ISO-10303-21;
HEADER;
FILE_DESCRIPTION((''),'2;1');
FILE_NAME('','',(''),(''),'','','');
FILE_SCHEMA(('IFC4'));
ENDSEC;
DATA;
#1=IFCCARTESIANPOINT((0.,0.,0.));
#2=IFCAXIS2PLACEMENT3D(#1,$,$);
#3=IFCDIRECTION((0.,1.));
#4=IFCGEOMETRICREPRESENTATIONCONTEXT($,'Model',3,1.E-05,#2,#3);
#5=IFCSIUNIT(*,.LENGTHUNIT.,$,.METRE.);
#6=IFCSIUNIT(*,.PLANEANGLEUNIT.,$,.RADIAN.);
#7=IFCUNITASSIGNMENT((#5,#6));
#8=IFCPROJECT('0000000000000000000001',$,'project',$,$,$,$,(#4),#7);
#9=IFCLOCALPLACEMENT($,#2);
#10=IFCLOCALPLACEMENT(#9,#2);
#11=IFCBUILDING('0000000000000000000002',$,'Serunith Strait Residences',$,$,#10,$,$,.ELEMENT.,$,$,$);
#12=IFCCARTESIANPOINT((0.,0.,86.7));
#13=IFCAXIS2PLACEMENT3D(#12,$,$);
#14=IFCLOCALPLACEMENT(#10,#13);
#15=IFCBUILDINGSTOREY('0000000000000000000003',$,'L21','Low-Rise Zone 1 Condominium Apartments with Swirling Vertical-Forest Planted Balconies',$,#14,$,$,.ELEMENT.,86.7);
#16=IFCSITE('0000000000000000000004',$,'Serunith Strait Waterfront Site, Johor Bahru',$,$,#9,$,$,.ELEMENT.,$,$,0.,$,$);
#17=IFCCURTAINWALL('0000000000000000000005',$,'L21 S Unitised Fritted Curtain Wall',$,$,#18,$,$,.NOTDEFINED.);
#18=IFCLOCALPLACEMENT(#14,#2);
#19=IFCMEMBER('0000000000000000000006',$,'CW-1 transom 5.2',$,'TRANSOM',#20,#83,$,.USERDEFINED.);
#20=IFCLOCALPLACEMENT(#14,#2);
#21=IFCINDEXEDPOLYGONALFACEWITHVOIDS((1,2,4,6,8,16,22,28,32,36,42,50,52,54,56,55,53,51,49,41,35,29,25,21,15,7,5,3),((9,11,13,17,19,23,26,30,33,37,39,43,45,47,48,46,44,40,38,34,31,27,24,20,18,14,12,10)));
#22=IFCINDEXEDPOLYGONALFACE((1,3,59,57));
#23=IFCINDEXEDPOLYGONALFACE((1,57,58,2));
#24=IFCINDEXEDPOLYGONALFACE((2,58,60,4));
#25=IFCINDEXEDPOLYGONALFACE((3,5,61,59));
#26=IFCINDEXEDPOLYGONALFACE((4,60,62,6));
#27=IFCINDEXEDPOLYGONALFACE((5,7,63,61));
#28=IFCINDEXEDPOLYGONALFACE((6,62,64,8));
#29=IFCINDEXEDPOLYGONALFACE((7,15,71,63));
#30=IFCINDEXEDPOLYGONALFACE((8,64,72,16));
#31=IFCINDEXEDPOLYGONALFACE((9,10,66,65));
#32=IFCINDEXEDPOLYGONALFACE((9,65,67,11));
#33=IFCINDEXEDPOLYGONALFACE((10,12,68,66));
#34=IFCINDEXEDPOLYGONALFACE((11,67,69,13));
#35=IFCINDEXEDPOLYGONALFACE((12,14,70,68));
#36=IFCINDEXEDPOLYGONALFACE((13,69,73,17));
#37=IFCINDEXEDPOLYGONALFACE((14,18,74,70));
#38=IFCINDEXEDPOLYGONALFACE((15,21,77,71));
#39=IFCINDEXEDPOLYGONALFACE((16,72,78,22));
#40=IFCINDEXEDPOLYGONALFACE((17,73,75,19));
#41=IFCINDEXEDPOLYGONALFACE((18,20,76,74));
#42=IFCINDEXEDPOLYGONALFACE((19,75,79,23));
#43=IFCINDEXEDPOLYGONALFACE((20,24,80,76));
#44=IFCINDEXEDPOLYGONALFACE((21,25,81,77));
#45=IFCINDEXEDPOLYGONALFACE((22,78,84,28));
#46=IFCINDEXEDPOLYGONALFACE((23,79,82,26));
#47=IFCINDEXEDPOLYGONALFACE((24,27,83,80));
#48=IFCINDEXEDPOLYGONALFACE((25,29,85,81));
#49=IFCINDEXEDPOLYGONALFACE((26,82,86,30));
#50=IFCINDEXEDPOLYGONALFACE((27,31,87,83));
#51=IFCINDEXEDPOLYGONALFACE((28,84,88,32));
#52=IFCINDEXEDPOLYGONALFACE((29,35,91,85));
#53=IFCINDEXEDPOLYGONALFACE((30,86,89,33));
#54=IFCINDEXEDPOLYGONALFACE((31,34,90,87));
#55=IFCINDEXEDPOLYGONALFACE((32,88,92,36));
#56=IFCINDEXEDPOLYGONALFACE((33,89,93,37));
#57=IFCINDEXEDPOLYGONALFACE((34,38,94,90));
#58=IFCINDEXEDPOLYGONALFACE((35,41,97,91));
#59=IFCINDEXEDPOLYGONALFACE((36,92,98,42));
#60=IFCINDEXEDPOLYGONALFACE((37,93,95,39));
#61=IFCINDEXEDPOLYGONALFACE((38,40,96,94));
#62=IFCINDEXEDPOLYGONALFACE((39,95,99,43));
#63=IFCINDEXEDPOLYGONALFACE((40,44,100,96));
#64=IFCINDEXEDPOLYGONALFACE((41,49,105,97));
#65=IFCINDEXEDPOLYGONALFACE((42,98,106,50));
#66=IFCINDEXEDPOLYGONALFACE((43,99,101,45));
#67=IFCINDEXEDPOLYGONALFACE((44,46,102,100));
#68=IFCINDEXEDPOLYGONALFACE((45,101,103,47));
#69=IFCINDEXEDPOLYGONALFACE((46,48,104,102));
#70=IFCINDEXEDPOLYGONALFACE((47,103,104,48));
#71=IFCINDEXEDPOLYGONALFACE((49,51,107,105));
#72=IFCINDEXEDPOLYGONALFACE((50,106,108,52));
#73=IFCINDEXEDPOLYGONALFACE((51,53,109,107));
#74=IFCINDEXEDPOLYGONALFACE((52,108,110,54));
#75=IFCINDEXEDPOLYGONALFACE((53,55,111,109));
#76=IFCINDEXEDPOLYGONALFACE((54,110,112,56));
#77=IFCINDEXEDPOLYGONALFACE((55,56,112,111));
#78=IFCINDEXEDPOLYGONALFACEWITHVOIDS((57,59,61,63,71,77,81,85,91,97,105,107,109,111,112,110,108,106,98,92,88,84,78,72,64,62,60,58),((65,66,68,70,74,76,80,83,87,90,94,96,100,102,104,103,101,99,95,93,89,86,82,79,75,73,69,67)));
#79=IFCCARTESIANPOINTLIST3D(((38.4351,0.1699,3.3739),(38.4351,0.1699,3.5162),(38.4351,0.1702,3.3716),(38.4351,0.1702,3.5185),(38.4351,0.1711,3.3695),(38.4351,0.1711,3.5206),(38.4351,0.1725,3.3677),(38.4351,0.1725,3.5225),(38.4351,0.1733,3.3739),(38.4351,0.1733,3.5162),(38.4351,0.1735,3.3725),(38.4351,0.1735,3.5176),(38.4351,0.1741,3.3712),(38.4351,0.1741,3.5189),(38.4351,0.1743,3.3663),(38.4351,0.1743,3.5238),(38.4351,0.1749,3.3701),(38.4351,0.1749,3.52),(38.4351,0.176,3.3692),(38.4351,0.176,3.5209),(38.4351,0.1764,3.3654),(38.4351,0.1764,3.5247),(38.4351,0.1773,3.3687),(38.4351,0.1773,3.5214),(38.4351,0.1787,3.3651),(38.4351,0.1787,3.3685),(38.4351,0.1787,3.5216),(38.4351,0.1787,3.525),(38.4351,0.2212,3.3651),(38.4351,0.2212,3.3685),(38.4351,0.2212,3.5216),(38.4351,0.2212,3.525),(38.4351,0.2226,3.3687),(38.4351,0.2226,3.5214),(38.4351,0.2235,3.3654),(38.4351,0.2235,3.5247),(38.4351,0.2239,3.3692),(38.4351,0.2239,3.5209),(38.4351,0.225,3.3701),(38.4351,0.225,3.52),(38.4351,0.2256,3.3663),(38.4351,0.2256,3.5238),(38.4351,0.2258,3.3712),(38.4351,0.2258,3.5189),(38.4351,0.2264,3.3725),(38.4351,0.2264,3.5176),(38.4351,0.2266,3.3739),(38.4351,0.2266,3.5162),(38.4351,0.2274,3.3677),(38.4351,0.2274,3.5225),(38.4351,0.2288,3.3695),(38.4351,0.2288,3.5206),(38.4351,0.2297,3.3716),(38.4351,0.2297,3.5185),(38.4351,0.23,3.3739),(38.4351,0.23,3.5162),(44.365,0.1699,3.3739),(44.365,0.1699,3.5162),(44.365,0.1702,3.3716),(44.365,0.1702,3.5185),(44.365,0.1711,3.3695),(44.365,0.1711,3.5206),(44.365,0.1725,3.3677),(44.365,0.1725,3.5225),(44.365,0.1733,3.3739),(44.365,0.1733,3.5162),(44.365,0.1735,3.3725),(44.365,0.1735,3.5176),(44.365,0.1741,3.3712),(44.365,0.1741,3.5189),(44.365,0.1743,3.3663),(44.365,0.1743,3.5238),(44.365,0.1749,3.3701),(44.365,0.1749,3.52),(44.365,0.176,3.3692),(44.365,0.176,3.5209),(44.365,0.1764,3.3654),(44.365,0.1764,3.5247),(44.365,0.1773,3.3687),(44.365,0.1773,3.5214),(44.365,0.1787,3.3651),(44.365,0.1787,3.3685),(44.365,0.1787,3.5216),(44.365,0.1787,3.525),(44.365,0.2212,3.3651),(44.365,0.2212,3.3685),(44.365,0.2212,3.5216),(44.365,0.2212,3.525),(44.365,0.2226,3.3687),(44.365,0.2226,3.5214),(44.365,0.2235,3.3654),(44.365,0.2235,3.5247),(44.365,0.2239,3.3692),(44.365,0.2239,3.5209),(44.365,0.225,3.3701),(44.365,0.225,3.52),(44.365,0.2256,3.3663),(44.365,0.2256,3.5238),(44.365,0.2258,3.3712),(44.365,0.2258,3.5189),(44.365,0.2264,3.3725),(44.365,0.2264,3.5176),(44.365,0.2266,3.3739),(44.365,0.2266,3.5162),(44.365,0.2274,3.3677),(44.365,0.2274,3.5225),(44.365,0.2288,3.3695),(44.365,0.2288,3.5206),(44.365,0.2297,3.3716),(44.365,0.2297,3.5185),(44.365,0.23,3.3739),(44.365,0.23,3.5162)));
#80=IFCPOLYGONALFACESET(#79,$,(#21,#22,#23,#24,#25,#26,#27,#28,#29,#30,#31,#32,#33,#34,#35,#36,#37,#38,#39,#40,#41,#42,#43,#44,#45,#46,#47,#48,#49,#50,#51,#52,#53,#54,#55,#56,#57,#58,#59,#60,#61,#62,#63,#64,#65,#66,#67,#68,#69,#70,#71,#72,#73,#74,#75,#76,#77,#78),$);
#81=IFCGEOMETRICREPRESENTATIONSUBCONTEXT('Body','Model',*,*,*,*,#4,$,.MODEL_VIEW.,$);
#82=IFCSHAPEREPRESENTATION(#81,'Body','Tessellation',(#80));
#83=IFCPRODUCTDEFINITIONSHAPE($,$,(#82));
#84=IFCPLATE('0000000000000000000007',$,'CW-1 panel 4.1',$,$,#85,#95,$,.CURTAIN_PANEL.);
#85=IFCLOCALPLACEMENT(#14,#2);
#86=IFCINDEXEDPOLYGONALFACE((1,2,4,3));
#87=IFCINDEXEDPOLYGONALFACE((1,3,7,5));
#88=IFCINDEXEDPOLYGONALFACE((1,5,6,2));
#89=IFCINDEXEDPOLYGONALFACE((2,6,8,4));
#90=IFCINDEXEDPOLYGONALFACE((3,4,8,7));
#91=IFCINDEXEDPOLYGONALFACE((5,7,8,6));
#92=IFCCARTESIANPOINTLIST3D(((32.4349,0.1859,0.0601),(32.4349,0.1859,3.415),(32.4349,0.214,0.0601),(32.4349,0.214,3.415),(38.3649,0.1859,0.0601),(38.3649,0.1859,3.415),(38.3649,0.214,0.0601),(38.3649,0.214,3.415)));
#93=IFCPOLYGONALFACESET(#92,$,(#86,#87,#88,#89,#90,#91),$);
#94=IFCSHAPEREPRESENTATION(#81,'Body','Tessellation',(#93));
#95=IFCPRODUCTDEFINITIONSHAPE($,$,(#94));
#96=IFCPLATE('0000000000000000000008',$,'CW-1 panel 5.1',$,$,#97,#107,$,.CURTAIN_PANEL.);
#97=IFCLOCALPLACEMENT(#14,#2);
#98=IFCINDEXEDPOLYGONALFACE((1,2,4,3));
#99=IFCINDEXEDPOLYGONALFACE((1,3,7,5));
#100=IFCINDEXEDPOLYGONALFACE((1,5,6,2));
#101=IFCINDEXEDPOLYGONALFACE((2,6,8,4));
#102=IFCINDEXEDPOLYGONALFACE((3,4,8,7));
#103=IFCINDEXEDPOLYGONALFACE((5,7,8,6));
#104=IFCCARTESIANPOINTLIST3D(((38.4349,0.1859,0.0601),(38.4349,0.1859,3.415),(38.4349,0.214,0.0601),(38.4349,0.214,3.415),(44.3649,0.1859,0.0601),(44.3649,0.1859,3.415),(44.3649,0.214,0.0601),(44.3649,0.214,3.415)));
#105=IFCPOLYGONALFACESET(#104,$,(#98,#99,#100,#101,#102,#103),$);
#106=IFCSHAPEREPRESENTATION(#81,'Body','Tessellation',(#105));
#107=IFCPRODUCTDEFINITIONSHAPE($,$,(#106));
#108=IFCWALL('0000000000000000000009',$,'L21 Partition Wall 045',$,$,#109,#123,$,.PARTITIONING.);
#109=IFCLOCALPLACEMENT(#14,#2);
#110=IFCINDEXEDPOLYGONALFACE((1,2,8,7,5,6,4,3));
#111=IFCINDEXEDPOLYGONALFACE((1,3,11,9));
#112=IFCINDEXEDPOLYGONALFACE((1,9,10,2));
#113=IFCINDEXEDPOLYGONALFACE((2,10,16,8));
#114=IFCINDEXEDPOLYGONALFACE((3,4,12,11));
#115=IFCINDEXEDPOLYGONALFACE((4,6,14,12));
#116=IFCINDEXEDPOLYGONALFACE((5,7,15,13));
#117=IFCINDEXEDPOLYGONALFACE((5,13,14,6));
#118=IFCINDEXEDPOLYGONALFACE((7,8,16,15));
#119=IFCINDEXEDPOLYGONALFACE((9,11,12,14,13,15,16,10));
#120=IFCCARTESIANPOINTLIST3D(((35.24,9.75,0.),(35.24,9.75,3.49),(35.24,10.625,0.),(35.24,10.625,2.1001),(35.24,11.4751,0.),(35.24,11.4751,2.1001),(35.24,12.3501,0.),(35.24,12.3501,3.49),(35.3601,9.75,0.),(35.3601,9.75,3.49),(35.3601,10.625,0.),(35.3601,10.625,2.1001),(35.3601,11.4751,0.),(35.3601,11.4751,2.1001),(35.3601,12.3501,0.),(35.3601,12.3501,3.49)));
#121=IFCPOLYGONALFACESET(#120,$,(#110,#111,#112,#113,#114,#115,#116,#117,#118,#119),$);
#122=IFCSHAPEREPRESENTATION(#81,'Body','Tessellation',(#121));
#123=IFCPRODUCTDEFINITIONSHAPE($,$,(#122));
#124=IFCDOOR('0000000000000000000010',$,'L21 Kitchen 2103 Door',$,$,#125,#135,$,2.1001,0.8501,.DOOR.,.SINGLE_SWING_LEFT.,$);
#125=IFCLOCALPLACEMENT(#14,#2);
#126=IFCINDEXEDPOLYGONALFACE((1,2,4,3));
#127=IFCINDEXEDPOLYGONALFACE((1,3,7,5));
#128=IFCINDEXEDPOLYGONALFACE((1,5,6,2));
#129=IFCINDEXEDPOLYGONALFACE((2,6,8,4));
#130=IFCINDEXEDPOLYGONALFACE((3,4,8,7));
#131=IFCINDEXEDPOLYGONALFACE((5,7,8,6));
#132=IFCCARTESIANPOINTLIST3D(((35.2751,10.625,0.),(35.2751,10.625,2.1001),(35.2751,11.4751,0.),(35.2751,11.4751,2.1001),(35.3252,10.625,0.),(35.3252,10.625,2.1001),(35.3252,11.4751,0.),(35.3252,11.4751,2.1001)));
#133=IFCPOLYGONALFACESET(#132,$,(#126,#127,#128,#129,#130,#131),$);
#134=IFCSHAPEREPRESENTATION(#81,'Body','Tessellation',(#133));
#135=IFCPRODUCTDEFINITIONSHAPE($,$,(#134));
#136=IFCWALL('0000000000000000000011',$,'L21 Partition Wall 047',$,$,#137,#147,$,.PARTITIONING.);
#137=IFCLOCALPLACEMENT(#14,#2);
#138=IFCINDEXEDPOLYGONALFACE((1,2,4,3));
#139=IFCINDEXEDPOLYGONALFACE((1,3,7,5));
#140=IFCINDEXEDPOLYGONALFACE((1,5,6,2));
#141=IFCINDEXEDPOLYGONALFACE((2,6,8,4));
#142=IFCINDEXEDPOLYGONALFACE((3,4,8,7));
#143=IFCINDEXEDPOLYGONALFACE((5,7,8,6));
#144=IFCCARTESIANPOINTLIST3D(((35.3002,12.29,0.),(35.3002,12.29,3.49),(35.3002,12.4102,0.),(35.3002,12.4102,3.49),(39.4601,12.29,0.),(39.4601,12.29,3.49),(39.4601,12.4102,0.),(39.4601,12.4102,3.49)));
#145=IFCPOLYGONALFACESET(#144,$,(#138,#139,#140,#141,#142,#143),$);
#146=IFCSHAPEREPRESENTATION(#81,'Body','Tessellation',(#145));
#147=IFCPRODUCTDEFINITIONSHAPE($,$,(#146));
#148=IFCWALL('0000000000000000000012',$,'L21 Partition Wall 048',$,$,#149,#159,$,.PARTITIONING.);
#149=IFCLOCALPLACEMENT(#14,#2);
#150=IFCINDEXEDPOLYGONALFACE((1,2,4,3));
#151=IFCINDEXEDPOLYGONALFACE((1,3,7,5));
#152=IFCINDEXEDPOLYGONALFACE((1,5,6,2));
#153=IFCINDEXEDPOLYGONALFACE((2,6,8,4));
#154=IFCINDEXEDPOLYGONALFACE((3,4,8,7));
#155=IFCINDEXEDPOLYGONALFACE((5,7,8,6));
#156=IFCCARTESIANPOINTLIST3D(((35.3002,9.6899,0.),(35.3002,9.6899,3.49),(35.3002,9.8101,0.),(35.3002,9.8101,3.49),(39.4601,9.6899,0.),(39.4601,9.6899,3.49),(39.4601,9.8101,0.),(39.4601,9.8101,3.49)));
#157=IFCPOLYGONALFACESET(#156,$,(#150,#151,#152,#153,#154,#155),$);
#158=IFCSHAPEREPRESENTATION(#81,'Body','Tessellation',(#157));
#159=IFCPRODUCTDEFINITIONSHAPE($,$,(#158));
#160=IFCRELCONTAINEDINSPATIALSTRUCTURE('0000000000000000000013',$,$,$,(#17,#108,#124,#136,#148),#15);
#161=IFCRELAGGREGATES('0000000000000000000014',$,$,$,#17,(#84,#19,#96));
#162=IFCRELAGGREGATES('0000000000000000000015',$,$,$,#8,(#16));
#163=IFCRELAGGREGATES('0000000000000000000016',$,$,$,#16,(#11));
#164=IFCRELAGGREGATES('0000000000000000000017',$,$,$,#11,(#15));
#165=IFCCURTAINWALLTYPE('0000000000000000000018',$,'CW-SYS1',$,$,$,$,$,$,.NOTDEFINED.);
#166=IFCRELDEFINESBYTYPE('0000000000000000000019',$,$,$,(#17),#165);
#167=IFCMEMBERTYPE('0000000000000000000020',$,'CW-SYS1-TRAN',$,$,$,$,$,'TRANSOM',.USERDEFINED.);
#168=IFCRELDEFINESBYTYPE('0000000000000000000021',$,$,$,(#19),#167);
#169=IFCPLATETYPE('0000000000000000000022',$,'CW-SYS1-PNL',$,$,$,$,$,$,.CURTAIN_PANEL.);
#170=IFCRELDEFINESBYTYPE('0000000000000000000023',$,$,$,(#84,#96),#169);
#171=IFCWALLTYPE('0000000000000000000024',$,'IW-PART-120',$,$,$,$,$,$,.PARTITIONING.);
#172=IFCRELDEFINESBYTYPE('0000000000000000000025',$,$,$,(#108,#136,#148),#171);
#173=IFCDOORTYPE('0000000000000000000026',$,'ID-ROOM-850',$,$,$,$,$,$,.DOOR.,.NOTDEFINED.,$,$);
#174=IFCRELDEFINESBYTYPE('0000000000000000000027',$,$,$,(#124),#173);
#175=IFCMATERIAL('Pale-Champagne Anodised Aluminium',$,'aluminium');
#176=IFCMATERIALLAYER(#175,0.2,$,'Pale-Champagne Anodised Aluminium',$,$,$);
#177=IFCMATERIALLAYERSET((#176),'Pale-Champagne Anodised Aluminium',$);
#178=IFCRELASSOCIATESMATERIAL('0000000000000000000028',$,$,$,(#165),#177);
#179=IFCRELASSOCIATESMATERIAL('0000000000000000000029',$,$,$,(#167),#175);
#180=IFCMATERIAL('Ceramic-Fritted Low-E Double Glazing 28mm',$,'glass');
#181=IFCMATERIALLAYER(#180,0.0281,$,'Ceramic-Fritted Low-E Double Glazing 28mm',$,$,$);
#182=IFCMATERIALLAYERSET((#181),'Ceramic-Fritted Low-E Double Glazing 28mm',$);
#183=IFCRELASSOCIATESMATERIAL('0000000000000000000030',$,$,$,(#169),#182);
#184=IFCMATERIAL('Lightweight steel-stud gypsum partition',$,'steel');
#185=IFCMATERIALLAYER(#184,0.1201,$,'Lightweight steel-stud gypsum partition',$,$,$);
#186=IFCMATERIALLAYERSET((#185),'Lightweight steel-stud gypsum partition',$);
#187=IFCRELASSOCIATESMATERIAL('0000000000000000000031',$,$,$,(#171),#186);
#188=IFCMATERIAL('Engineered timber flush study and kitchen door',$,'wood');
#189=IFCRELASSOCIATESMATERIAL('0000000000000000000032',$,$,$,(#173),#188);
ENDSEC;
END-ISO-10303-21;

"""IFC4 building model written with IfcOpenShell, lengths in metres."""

from ifc_helpers import new_model, si_unit, direction, frame, frame_2d, origin, origin_2d, place, context, subcontext, project, spatial, rectangle, hollow_rectangle, extrude, source, transform, mapped, material, layer, layer_set, material_profile, profile_set, type_object, element, fill, aggregate, save


model = new_model("IFC4")

# Units and contexts
model_context = context("Model", 3, precision=1e-05, world=origin(), true_north=direction((0.0, 1.0)))
body_context = subcontext(model_context, "Body", "Model", "MODEL_VIEW")
ifc_project = project(units=[si_unit("LENGTHUNIT", "METRE"), si_unit("PLANEANGLEUNIT", "RADIAN")], contexts=[model_context])

# Site, building, storey
site_placement = place(None, origin())
site = spatial("IfcSite", under=ifc_project, at=site_placement, Name="Serunith Strait Waterfront Site, Johor Bahru", CompositionType="ELEMENT", RefElevation=0.0)
building_placement = place(site_placement, origin())
building = spatial("IfcBuilding", under=site, at=building_placement, Name="Serunith Strait Residences", CompositionType="ELEMENT")
storey_placement = place(building_placement, frame((0.0, 0.0, 86.7)))
storey = spatial("IfcBuildingStorey", under=building, at=storey_placement, Name="L21", Description="Low-Rise Zone 1 Condominium Apartments with Swirling Vertical-Forest Planted Balconies", CompositionType="ELEMENT", Elevation=86.7)

# Curtain wall, member, plates
ifc_material_1 = material(Name="Pale-Champagne Anodised Aluminium", Category="aluminium")
ifc_layer_1 = layer(ifc_material_1, 0.2, Name="Pale-Champagne Anodised Aluminium")
ifc_layer_set_1 = layer_set([ifc_layer_1], Name="Pale-Champagne Anodised Aluminium")
curtain_wall_type = type_object("IfcCurtainWallType", Name="CW-SYS1", PredefinedType="NOTDEFINED", material=ifc_layer_set_1)
curtain_wall_placement = place(storey_placement, origin())
curtain_wall = element("IfcCurtainWall", 1, at=curtain_wall_placement, inside=storey, type_object=curtain_wall_type, Name="L21 S Unitised Fritted Curtain Wall", PredefinedType="NOTDEFINED")
ifc_material_profile_1 = material_profile(ifc_material_1, hollow_rectangle(XDim=0.0601, YDim=0.1599, WallThickness=0.0034, InnerFilletRadius=0.0054, OuterFilletRadius=0.0088, at=origin_2d()), Name="ALU 160x60x3.5")
ifc_profile_set_1 = profile_set([ifc_material_profile_1], Name="Pale-Champagne Anodised Aluminium")
member_type_1 = type_object("IfcMemberType", Name="CW-SYS1-TRAN", ElementType="TRANSOM", PredefinedType="USERDEFINED", material=ifc_profile_set_1)
shared_shape_1 = source(origin(), body_context, "Body", "SweptSolid", [
    extrude(hollow_rectangle(XDim=0.0601, YDim=0.1599, WallThickness=0.0034, InnerFilletRadius=0.0054, OuterFilletRadius=0.0088, at=origin_2d()), origin(), (0.0, 0.0, 1.0), 5.9299),
])
member_1_placement = place(storey_placement, frame((38.4351, 0.2, 3.4451), z_axis=(1.0, 0.0, 0.0), x_axis=(0.0, 1.0, 0.0)))
member_1 = element("IfcMember", 2, at=member_1_placement, type_object=member_type_1, Name="CW-1 transom 5.2", ObjectType="TRANSOM", PredefinedType="USERDEFINED", context=body_context, shape_type="MappedRepresentation", body=[
    mapped(shared_shape_1, transform((0.0, 0.0, 0.0), scale=1.0)),
])
ifc_material_2 = material(Name="Ceramic-Fritted Low-E Double Glazing 28mm", Category="glass")
ifc_layer_2 = layer(ifc_material_2, 0.0281, Name="Ceramic-Fritted Low-E Double Glazing 28mm")
ifc_layer_set_2 = layer_set([ifc_layer_2], Name="Ceramic-Fritted Low-E Double Glazing 28mm")
plate_type = type_object("IfcPlateType", Name="CW-SYS1-PNL", PredefinedType="CURTAIN_PANEL", material=ifc_layer_set_2)
shared_shape_2 = source(origin(), body_context, "Body", "SweptSolid", [
    extrude(rectangle(XDim=5.9299, YDim=0.0281, at=origin_2d()), origin(), (0.0, 0.0, 1.0), 3.355),
])
plate_1_placement = place(storey_placement, frame((35.3999, 0.2, 0.0601), z_axis=(0.0, 0.0, 1.0), x_axis=(1.0, 0.0, 0.0)))
plate_1 = element("IfcPlate", 3, at=plate_1_placement, type_object=plate_type, Name="CW-1 panel 4.1", PredefinedType="CURTAIN_PANEL", context=body_context, shape_type="MappedRepresentation", body=[
    mapped(shared_shape_2, transform((0.0, 0.0, 0.0), scale=1.0)),
])
plate_2_placement = place(storey_placement, frame((41.3999, 0.2, 0.0601), z_axis=(0.0, 0.0, 1.0), x_axis=(1.0, 0.0, 0.0)))
plate_2 = element("IfcPlate", 4, at=plate_2_placement, type_object=plate_type, Name="CW-1 panel 5.1", PredefinedType="CURTAIN_PANEL", context=body_context, shape_type="MappedRepresentation", body=[
    mapped(shared_shape_2, transform((0.0, 0.0, 0.0), scale=1.0)),
])
aggregate(curtain_wall, [plate_1, member_1, plate_2])

# Wall, opening, door
ifc_material_3 = material(Name="Lightweight steel-stud gypsum partition", Category="steel")
ifc_layer_3 = layer(ifc_material_3, 0.1201, Name="Lightweight steel-stud gypsum partition")
ifc_layer_set_3 = layer_set([ifc_layer_3], Name="Lightweight steel-stud gypsum partition")
wall_type_1 = type_object("IfcWallType", Name="IW-PART-120", PredefinedType="PARTITIONING", material=ifc_layer_set_3)
wall_1_placement = place(storey_placement, frame((35.3, 9.75, 0.0), z_axis=(0.0, 0.0, 1.0), x_axis=(0.0, 1.0, 0.0)))
wall_1 = element("IfcWall", 5, at=wall_1_placement, inside=storey, type_object=wall_type_1, Name="L21 Partition Wall 045", PredefinedType="PARTITIONING", context=body_context, shape_type="SweptSolid", body=[
    extrude(rectangle(XDim=2.6001, YDim=0.1201, at=frame_2d((1.3, 0.0))), origin(), (0.0, 0.0, 1.0), 3.49),
])
opening_1_placement = place(wall_1_placement, frame((0.875, 0.0, 0.0)))
opening_1 = element("IfcOpeningElement", 6, at=opening_1_placement, cuts=wall_1, PredefinedType="OPENING", context=body_context, shape_type="SweptSolid", body=[
    extrude(rectangle(XDim=0.8501, YDim=2.1001, at=frame_2d((0.425, 1.05))), frame((0.0, 0.0701, 0.0), z_axis=(0.0, -1.0, 0.0), x_axis=(1.0, 0.0, 0.0)), (0.0, 0.0, 1.0), 0.1401),
])
ifc_material_4 = material(Name="Engineered timber flush study and kitchen door", Category="wood")
door_type = type_object("IfcDoorType", Name="ID-ROOM-850", OperationType="NOTDEFINED", PredefinedType="DOOR", material=ifc_material_4)
shared_shape_3 = source(origin(), body_context, "Body", "SweptSolid", [
    extrude(rectangle(XDim=0.8501, YDim=2.1001, at=frame_2d((0.425, 1.05))), frame((0.0, 0.0249, 0.0), z_axis=(0.0, -1.0, 0.0), x_axis=(1.0, 0.0, 0.0)), (0.0, 0.0, 1.0), 0.05),
])
door_1_placement = place(opening_1_placement, origin())
door_1 = element("IfcDoor", 7, at=door_1_placement, inside=storey, type_object=door_type, Name="L21 Kitchen 2103 Door", OperationType="SINGLE_SWING_LEFT", OverallHeight=2.1001, OverallWidth=0.8501, PredefinedType="DOOR", context=body_context, shape_type="MappedRepresentation", body=[
    mapped(shared_shape_3, transform((0.0, 0.0, 0.0), scale=1.0)),
])
fill(opening_1, door_1)

# Walls
for number, where, z_axis, x_axis, name in (
    (8, (35.3, 12.3501, 0.0), (0.0, 0.0, 1.0), (1.0, 0.0, 0.0), "L21 Partition Wall 047"),
    (9, (35.3, 9.75, 0.0), (0.0, 0.0, 1.0), (1.0, 0.0, 0.0), "L21 Partition Wall 048"),
):
    element("IfcWall", number, at=place(storey_placement, frame(where, z_axis=z_axis, x_axis=x_axis)), inside=storey, type_object=wall_type_1, Name=name, PredefinedType="PARTITIONING", context=body_context, shape_type="SweptSolid", body=[
        extrude(rectangle(XDim=4.1599, YDim=0.1201, at=frame_2d((2.0801, 0.0))), origin(), (0.0, 0.0, 1.0), 3.49),
    ])

save(model, "model.ifc")
